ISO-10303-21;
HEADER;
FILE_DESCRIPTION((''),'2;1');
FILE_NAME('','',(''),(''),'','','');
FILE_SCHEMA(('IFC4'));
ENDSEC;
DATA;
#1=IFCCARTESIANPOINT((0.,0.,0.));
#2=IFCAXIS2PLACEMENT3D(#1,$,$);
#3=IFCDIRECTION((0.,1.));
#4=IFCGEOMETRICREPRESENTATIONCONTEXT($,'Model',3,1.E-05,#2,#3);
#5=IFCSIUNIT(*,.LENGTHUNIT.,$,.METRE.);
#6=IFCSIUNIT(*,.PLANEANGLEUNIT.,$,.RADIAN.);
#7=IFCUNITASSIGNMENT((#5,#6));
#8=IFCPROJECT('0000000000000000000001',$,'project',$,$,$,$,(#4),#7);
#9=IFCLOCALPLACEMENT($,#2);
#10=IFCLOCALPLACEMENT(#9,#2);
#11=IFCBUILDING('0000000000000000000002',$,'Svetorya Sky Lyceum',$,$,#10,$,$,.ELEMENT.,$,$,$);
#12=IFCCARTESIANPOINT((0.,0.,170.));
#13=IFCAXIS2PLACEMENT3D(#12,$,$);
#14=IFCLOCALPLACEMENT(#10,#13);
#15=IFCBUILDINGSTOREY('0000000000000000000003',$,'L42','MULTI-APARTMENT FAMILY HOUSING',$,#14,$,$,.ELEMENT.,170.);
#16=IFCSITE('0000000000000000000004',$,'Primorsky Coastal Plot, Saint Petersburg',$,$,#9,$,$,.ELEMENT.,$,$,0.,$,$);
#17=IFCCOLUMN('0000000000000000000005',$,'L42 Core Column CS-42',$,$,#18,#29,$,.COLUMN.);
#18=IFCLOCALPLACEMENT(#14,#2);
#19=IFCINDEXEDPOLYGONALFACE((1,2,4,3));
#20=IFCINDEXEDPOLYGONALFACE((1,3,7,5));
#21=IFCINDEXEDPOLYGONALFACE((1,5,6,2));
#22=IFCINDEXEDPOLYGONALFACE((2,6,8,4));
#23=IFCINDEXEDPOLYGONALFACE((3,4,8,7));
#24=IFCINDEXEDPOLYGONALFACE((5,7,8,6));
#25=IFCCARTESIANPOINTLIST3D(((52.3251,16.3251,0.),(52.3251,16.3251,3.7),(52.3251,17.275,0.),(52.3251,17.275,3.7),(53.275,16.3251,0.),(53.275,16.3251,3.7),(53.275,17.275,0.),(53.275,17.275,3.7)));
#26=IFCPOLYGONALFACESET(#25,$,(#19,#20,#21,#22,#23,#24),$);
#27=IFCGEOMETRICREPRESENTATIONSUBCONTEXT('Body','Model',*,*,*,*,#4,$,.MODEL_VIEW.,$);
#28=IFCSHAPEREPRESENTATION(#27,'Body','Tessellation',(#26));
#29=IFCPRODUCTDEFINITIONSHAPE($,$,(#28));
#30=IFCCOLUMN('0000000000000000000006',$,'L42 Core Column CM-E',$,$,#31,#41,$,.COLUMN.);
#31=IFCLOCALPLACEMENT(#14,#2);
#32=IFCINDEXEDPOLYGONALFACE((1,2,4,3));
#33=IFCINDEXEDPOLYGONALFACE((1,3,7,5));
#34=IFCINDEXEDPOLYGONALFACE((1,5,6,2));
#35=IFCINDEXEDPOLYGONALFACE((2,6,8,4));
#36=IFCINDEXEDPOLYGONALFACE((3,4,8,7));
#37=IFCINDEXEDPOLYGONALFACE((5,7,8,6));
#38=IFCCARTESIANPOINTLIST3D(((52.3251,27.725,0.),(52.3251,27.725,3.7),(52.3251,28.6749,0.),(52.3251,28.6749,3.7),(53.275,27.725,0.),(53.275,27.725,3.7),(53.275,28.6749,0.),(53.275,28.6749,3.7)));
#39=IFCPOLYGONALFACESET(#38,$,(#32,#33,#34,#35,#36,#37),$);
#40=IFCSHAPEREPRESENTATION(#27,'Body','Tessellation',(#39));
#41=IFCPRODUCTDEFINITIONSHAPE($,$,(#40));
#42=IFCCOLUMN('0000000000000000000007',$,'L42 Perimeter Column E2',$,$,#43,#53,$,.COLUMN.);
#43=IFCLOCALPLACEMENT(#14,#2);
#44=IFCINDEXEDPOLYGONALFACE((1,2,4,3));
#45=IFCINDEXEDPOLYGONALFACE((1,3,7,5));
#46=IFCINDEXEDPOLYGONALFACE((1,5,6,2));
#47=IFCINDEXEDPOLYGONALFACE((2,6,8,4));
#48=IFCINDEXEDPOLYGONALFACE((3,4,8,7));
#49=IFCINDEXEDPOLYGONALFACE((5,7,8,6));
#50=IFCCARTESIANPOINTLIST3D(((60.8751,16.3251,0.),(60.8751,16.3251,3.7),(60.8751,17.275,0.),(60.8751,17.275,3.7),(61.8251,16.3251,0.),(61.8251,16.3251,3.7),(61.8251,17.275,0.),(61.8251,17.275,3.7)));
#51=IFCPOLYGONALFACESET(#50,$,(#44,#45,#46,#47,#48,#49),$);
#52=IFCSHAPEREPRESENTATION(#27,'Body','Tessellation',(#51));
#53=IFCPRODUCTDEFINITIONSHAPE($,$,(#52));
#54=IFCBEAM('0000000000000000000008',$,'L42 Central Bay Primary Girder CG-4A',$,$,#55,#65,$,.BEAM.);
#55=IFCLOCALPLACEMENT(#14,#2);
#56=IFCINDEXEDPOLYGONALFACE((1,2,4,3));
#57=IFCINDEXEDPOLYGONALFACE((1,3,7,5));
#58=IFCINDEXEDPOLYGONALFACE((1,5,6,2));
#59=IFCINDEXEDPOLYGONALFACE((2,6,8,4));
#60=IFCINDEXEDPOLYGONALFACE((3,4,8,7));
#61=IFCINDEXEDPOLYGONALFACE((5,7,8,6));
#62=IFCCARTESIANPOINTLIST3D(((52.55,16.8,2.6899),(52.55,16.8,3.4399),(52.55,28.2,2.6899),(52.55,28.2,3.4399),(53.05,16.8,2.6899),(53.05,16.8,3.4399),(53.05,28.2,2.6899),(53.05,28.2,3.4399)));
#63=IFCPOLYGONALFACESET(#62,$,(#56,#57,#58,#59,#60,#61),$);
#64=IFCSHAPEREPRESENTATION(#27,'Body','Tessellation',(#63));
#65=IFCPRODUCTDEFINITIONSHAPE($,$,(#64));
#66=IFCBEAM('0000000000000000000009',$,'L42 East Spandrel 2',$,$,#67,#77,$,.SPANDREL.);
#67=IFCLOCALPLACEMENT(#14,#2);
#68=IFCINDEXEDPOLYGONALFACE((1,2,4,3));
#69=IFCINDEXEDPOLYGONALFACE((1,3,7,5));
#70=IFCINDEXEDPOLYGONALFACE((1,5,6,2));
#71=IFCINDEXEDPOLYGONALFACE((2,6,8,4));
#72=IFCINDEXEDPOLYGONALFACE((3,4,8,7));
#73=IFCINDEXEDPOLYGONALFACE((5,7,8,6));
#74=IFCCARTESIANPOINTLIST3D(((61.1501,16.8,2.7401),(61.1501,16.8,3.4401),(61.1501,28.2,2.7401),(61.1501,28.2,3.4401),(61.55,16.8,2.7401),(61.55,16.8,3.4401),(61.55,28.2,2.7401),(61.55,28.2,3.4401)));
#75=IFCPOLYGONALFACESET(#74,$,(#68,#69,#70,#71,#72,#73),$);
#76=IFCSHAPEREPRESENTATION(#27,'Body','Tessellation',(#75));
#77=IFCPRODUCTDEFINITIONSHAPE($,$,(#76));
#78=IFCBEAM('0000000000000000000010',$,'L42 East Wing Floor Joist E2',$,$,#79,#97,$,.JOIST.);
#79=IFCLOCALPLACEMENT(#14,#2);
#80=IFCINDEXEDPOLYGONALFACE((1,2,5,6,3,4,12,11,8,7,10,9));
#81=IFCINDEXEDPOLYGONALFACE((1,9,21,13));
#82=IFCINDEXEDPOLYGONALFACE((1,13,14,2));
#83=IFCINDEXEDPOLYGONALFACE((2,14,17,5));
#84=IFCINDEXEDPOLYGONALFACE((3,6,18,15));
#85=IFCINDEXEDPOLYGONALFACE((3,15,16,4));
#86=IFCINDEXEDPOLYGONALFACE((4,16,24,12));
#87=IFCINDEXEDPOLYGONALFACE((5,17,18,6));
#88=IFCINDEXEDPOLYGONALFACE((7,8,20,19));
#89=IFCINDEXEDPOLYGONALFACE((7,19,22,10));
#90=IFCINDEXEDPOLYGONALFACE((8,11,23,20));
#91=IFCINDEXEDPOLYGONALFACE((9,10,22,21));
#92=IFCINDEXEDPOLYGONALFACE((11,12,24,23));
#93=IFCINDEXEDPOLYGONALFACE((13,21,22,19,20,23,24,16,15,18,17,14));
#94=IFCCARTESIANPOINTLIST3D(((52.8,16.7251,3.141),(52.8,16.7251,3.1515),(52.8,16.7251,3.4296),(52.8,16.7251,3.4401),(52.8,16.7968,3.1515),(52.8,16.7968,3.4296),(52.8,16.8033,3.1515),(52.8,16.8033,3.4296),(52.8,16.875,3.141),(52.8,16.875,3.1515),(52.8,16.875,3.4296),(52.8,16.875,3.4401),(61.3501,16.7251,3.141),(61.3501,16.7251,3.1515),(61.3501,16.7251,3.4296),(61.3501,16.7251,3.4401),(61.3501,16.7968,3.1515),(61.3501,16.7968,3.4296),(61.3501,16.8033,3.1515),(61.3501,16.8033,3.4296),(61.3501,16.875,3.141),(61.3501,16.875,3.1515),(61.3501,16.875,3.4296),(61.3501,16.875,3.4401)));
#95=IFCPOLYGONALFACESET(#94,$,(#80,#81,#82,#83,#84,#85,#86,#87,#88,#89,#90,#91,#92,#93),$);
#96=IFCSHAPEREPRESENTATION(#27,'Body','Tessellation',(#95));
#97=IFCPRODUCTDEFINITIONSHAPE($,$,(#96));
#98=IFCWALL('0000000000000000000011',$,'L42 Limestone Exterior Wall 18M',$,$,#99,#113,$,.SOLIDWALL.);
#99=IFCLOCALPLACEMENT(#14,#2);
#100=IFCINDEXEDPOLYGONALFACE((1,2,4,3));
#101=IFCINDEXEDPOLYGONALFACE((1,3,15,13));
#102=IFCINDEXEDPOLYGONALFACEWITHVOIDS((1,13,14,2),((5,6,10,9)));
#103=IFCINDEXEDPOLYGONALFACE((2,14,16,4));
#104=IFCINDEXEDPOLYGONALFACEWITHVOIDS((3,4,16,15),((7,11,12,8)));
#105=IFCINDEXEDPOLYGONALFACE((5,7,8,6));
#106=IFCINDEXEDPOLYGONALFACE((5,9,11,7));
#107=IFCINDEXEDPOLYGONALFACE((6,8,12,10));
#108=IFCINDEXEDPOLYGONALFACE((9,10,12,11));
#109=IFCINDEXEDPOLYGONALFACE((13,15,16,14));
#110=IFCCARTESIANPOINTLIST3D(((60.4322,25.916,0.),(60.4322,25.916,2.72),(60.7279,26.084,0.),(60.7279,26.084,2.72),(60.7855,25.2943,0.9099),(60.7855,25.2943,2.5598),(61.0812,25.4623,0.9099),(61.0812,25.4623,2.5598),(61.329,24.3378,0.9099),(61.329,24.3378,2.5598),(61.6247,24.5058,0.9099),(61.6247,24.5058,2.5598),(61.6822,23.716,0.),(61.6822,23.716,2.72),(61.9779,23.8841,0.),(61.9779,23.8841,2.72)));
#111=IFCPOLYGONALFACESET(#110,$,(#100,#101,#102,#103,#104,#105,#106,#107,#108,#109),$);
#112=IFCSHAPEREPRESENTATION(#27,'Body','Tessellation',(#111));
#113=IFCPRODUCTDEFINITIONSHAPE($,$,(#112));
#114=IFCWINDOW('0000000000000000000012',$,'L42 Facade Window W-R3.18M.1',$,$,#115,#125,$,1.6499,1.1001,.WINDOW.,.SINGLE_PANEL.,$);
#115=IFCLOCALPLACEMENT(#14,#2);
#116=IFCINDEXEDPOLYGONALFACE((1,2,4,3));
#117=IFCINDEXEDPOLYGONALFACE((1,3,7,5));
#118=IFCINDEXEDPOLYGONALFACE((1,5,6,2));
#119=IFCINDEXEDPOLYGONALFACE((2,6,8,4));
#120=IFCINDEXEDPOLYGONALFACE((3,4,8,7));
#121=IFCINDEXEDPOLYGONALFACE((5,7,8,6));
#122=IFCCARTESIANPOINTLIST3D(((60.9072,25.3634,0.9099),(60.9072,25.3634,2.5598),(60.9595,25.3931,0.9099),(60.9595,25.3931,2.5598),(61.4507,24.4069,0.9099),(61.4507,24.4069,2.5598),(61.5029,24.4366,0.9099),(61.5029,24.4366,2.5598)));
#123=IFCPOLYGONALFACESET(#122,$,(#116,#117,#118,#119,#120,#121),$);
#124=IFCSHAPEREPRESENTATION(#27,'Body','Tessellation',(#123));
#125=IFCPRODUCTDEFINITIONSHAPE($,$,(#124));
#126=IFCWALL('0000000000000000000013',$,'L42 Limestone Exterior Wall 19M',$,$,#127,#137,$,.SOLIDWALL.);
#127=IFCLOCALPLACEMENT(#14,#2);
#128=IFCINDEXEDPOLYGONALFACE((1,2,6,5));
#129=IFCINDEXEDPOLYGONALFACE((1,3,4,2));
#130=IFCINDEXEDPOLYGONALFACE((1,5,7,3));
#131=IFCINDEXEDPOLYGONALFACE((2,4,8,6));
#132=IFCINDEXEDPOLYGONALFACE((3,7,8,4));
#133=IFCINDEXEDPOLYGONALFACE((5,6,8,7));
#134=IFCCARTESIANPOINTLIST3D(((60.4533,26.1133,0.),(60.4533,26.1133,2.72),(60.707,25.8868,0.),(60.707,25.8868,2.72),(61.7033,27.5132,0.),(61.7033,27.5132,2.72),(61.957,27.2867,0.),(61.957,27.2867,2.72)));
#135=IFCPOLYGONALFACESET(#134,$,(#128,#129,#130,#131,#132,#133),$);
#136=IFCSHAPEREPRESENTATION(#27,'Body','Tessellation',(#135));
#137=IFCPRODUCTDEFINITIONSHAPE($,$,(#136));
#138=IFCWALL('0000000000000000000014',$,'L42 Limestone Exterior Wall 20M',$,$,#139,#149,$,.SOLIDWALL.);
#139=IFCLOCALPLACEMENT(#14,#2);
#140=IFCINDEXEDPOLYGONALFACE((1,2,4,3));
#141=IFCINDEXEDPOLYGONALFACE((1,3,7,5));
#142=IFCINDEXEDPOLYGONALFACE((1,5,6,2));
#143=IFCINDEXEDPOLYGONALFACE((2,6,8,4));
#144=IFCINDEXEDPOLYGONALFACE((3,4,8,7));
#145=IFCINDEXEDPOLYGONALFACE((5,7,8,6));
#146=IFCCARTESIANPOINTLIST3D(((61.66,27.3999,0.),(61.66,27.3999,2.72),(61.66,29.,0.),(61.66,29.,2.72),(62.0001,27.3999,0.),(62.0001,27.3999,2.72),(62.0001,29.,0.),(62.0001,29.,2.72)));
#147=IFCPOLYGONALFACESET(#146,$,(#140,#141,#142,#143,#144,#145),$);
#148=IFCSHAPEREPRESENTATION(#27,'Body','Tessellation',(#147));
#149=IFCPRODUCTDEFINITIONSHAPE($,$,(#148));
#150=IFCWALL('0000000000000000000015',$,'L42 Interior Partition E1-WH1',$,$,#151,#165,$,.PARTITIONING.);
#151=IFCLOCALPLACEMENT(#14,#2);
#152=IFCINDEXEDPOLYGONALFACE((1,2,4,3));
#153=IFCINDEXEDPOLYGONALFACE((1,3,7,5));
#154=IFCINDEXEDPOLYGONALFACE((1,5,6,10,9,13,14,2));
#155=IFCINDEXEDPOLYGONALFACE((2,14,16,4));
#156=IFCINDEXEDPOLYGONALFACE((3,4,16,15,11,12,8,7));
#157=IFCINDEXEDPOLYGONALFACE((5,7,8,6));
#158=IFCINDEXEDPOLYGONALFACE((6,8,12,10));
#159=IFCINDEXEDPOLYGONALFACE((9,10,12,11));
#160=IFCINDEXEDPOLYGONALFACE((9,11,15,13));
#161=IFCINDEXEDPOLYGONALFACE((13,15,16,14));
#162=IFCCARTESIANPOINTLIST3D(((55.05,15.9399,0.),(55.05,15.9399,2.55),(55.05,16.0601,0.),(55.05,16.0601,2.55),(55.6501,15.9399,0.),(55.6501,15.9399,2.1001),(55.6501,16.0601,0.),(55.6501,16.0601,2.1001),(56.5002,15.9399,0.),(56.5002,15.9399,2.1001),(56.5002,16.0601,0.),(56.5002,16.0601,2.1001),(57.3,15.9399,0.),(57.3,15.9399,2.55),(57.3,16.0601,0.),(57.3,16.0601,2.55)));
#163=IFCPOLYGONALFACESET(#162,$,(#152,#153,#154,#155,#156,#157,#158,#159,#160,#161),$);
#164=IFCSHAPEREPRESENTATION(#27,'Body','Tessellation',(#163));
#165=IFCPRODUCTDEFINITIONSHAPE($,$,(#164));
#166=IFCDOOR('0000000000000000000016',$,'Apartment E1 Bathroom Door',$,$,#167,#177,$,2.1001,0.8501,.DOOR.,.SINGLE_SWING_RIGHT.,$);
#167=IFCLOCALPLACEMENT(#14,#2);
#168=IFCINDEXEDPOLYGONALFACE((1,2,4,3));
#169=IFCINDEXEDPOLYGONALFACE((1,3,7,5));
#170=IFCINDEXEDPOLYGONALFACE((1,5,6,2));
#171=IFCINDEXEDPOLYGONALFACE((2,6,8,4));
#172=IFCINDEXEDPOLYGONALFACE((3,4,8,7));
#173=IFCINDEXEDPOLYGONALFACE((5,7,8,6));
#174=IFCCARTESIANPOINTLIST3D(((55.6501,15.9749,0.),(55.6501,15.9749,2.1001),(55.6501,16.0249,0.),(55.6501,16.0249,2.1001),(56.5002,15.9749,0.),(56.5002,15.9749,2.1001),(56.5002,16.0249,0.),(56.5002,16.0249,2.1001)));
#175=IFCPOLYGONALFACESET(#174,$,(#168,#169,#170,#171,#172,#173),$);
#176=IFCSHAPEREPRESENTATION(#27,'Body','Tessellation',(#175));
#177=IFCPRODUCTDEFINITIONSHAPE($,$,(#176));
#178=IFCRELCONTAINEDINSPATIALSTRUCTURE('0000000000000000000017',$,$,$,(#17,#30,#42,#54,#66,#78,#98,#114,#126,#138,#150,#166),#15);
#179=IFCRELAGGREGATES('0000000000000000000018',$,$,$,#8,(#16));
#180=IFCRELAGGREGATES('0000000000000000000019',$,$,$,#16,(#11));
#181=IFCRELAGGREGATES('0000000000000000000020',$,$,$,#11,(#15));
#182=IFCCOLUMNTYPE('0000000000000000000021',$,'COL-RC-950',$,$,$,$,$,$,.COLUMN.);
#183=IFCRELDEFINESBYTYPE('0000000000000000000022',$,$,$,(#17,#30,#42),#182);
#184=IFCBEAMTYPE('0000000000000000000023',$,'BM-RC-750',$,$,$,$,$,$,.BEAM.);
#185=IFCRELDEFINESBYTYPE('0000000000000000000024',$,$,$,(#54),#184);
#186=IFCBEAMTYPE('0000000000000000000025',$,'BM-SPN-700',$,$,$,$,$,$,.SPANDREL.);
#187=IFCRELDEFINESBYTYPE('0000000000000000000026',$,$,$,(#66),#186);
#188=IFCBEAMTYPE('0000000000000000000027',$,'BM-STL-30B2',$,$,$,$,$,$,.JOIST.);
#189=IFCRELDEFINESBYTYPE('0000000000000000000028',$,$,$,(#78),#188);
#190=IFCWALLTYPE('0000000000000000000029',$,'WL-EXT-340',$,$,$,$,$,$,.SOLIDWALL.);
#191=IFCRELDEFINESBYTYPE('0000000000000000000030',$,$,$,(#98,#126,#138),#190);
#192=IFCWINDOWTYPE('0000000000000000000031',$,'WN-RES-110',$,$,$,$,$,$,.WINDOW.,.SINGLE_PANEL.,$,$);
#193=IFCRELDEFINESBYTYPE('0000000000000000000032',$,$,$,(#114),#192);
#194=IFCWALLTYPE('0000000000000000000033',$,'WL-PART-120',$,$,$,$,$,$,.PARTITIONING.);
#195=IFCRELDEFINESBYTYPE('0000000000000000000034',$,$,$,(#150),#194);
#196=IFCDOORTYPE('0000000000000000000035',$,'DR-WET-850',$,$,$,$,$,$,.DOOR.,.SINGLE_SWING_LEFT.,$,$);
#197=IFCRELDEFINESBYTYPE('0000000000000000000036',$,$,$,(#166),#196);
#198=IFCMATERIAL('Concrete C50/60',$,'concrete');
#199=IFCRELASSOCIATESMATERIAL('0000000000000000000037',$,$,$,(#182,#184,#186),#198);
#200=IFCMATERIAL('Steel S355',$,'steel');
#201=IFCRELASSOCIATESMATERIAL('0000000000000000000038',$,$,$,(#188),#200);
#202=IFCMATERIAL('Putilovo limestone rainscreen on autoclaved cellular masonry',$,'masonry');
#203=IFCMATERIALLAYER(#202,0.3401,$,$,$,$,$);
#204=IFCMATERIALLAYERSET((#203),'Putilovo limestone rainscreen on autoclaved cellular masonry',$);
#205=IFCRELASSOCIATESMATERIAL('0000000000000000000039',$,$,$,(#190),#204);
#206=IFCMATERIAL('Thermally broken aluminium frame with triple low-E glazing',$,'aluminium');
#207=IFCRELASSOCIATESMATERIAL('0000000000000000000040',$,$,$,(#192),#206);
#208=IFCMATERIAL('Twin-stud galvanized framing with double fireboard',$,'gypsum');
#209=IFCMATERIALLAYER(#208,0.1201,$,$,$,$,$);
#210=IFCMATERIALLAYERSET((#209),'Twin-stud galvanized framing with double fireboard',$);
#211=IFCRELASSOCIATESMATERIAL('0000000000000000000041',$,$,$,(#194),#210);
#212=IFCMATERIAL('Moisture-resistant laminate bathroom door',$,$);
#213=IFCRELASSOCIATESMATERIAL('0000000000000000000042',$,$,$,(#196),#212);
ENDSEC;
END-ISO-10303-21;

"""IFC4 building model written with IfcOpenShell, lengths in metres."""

from ifc_helpers import new_model, si_unit, direction, frame, frame_2d, origin, origin_2d, place, context, subcontext, project, spatial, rectangle, i_section, extrude, material, layer, layer_set, material_profile, profile_set, type_object, element, fill, save


model = new_model("IFC4")

# Units and contexts
model_context = context("Model", 3, precision=1e-05, world=origin(), true_north=direction((0.0, 1.0)))
body_context = subcontext(model_context, "Body", "Model", "MODEL_VIEW")
ifc_project = project(units=[si_unit("LENGTHUNIT", "METRE"), si_unit("PLANEANGLEUNIT", "RADIAN")], contexts=[model_context])

# Site, building, storey
site_placement = place(None, origin())
site = spatial("IfcSite", under=ifc_project, at=site_placement, Name="Primorsky Coastal Plot, Saint Petersburg", CompositionType="ELEMENT", RefElevation=0.0)
building_placement = place(site_placement, origin())
building = spatial("IfcBuilding", under=site, at=building_placement, Name="Svetorya Sky Lyceum", CompositionType="ELEMENT")
storey_placement = place(building_placement, frame((0.0, 0.0, 170.0)))
storey = spatial("IfcBuildingStorey", under=building, at=storey_placement, Name="L42", Description="MULTI-APARTMENT FAMILY HOUSING", CompositionType="ELEMENT", Elevation=170.0)

# Columns
ifc_material_1 = material(Name="Concrete C50/60", Category="concrete")
ifc_material_profile_1 = material_profile(ifc_material_1, rectangle(XDim=0.95, YDim=0.95, at=origin_2d()), Name="RC COL 950x950")
ifc_profile_set_1 = profile_set([ifc_material_profile_1], Name="Concrete C50/60")
column_type = type_object("IfcColumnType", Name="COL-RC-950", PredefinedType="COLUMN", material=ifc_profile_set_1)
for number, where, z_axis, x_axis, name in (
    (1, (52.8, 16.8, 0.0), (0.0, 0.0, 1.0), (1.0, 0.0, 0.0), "L42 Core Column CS-42"),
    (2, (52.8, 28.2, 0.0), (0.0, 0.0, 1.0), (1.0, 0.0, 0.0), "L42 Core Column CM-E"),
    (3, (61.3501, 16.8, 0.0), (0.0, 0.0, 1.0), (1.0, 0.0, 0.0), "L42 Perimeter Column E2"),
):
    element("IfcColumn", number, at=place(storey_placement, frame(where, z_axis=z_axis, x_axis=x_axis)), inside=storey, type_object=column_type, Name=name, PredefinedType="COLUMN", context=body_context, shape_type="SweptSolid", body=[
        extrude(rectangle(XDim=0.95, YDim=0.95, at=origin_2d()), origin(), (0.0, 0.0, 1.0), 3.7),
    ])

# Beams
ifc_material_profile_2 = material_profile(ifc_material_1, rectangle(XDim=0.5, YDim=0.75, at=origin_2d()), Name="RC BEAM 500x750")
ifc_profile_set_2 = profile_set([ifc_material_profile_2], Name="Concrete C50/60")
beam_type_1 = type_object("IfcBeamType", Name="BM-RC-750", PredefinedType="BEAM", material=ifc_profile_set_2)
beam_1_placement = place(storey_placement, frame((52.8, 16.8, 3.0649), z_axis=(0.0, 1.0, 0.0), x_axis=(-1.0, 0.0, 0.0)))
element("IfcBeam", 4, at=beam_1_placement, inside=storey, type_object=beam_type_1, Name="L42 Central Bay Primary Girder CG-4A", PredefinedType="BEAM", context=body_context, shape_type="SweptSolid", body=[
    extrude(rectangle(XDim=0.5, YDim=0.75, at=origin_2d()), origin(), (0.0, 0.0, 1.0), 11.3999),
])
ifc_material_profile_3 = material_profile(ifc_material_1, rectangle(XDim=0.3999, YDim=0.7, at=origin_2d()), Name="RC SPANDREL 400x700")
ifc_profile_set_3 = profile_set([ifc_material_profile_3], Name="Concrete C50/60")
beam_type_2 = type_object("IfcBeamType", Name="BM-SPN-700", PredefinedType="SPANDREL", material=ifc_profile_set_3)
beam_2_placement = place(storey_placement, frame((61.3501, 16.8, 3.0901), z_axis=(0.0, 1.0, 0.0), x_axis=(-1.0, 0.0, 0.0)))
element("IfcBeam", 5, at=beam_2_placement, inside=storey, type_object=beam_type_2, Name="L42 East Spandrel 2", PredefinedType="SPANDREL", context=body_context, shape_type="SweptSolid", body=[
    extrude(rectangle(XDim=0.3999, YDim=0.7, at=origin_2d()), origin(), (0.0, 0.0, 1.0), 11.3999),
])
ifc_material_2 = material(Name="Steel S355", Category="steel")
ifc_material_profile_4 = material_profile(ifc_material_2, i_section(OverallWidth=0.1499, OverallDepth=0.2991, WebThickness=0.0066, FlangeThickness=0.0105, at=origin_2d()), Name="GOST 30B2")
ifc_profile_set_4 = profile_set([ifc_material_profile_4], Name="Steel S355")
beam_type_3 = type_object("IfcBeamType", Name="BM-STL-30B2", PredefinedType="JOIST", material=ifc_profile_set_4)
beam_3_placement = place(storey_placement, frame((52.8, 16.8, 3.2905), z_axis=(1.0, 0.0, 0.0), x_axis=(0.0, 1.0, 0.0)))
element("IfcBeam", 6, at=beam_3_placement, inside=storey, type_object=beam_type_3, Name="L42 East Wing Floor Joist E2", PredefinedType="JOIST", context=body_context, shape_type="SweptSolid", body=[
    extrude(i_section(OverallWidth=0.1499, OverallDepth=0.2991, WebThickness=0.0066, FlangeThickness=0.0105, at=origin_2d()), origin(), (0.0, 0.0, 1.0), 8.55),
])

# Wall, opening, window
ifc_material_3 = material(Name="Putilovo limestone rainscreen on autoclaved cellular masonry", Category="masonry")
ifc_layer_1 = layer(ifc_material_3, 0.3401)
ifc_layer_set_1 = layer_set([ifc_layer_1], Name="Putilovo limestone rainscreen on autoclaved cellular masonry")
wall_type_1 = type_object("IfcWallType", Name="WL-EXT-340", PredefinedType="SOLIDWALL", material=ifc_layer_set_1)
wall_1_placement = place(storey_placement, frame((61.8301, 23.8, 0.0), z_axis=(0.0, 0.0, 1.0), x_axis=(-0.494018, 0.869452, 0.0)))
wall_1 = element("IfcWall", 7, at=wall_1_placement, inside=storey, type_object=wall_type_1, Name="L42 Limestone Exterior Wall 18M", PredefinedType="SOLIDWALL", context=body_context, shape_type="SweptSolid", body=[
    extrude(rectangle(XDim=2.5303, YDim=0.3401, at=frame_2d((1.2651, 0.0))), origin(), (0.0, 0.0, 1.0), 2.72),
])
opening_1_placement = place(wall_1_placement, frame((0.7151, 0.0, 0.9099)))
opening_1 = element("IfcOpeningElement", 8, at=opening_1_placement, cuts=wall_1, PredefinedType="OPENING", context=body_context, shape_type="SweptSolid", body=[
    extrude(rectangle(XDim=1.1001, YDim=1.6499, at=frame_2d((0.55, 0.825))), frame((0.0, 0.1799, 0.0), z_axis=(0.0, -1.0, 0.0), x_axis=(1.0, 0.0, 0.0)), (0.0, 0.0, 1.0), 0.3601),
])
ifc_material_4 = material(Name="Thermally broken aluminium frame with triple low-E glazing", Category="aluminium")
window_type = type_object("IfcWindowType", Name="WN-RES-110", PartitioningType="SINGLE_PANEL", PredefinedType="WINDOW", material=ifc_material_4)
window_placement = place(opening_1_placement, origin())
window = element("IfcWindow", 9, at=window_placement, inside=storey, type_object=window_type, Name="L42 Facade Window W-R3.18M.1", OverallHeight=1.6499, OverallWidth=1.1001, PartitioningType="SINGLE_PANEL", PredefinedType="WINDOW", context=body_context, shape_type="SweptSolid", body=[
    extrude(rectangle(XDim=1.1001, YDim=1.6499, at=frame_2d((0.55, 0.825))), frame((0.0, 0.03, 0.0), z_axis=(0.0, -1.0, 0.0), x_axis=(1.0, 0.0, 0.0)), (0.0, 0.0, 1.0), 0.0601),
])
fill(opening_1, window)

# Walls
wall_2_placement = place(storey_placement, frame((60.5801, 26.0, 0.0), z_axis=(0.0, 0.0, 1.0), x_axis=(0.666042, 0.745915, 0.0)))
element("IfcWall", 10, at=wall_2_placement, inside=storey, type_object=wall_type_1, Name="L42 Limestone Exterior Wall 19M", PredefinedType="SOLIDWALL", context=body_context, shape_type="SweptSolid", body=[
    extrude(rectangle(XDim=1.8767, YDim=0.3401, at=frame_2d((0.9385, 0.0))), origin(), (0.0, 0.0, 1.0), 2.72),
])
wall_3_placement = place(storey_placement, frame((61.8301, 27.3999, 0.0), z_axis=(0.0, 0.0, 1.0), x_axis=(0.0, 1.0, 0.0)))
element("IfcWall", 11, at=wall_3_placement, inside=storey, type_object=wall_type_1, Name="L42 Limestone Exterior Wall 20M", PredefinedType="SOLIDWALL", context=body_context, shape_type="SweptSolid", body=[
    extrude(rectangle(XDim=1.6001, YDim=0.3401, at=frame_2d((0.8, 0.0))), origin(), (0.0, 0.0, 1.0), 2.72),
])

# Wall, opening, door
ifc_material_5 = material(Name="Twin-stud galvanized framing with double fireboard", Category="gypsum")
ifc_layer_2 = layer(ifc_material_5, 0.1201)
ifc_layer_set_2 = layer_set([ifc_layer_2], Name="Twin-stud galvanized framing with double fireboard")
wall_type_2 = type_object("IfcWallType", Name="WL-PART-120", PredefinedType="PARTITIONING", material=ifc_layer_set_2)
wall_4_placement = place(storey_placement, frame((55.05, 16.0, 0.0), z_axis=(0.0, 0.0, 1.0), x_axis=(1.0, 0.0, 0.0)))
wall_4 = element("IfcWall", 12, at=wall_4_placement, inside=storey, type_object=wall_type_2, Name="L42 Interior Partition E1-WH1", PredefinedType="PARTITIONING", context=body_context, shape_type="SweptSolid", body=[
    extrude(rectangle(XDim=2.25, YDim=0.1201, at=frame_2d((1.125, 0.0))), origin(), (0.0, 0.0, 1.0), 2.55),
])
opening_2_placement = place(wall_4_placement, frame((0.6001, 0.0, 0.0)))
opening_2 = element("IfcOpeningElement", 13, at=opening_2_placement, cuts=wall_4, PredefinedType="OPENING", context=body_context, shape_type="SweptSolid", body=[
    extrude(rectangle(XDim=0.8501, YDim=2.1001, at=frame_2d((0.425, 1.05))), frame((0.0, 0.0701, 0.0), z_axis=(0.0, -1.0, 0.0), x_axis=(1.0, 0.0, 0.0)), (0.0, 0.0, 1.0), 0.1401),
])
ifc_material_6 = material(Name="Moisture-resistant laminate bathroom door")
door_type_1 = type_object("IfcDoorType", Name="DR-WET-850", OperationType="SINGLE_SWING_LEFT", PredefinedType="DOOR", material=ifc_material_6)
door_1_placement = place(opening_2_placement, origin())
door_1 = element("IfcDoor", 14, at=door_1_placement, inside=storey, type_object=door_type_1, Name="Apartment E1 Bathroom Door", OperationType="SINGLE_SWING_RIGHT", OverallHeight=2.1001, OverallWidth=0.8501, PredefinedType="DOOR", context=body_context, shape_type="SweptSolid", body=[
    extrude(rectangle(XDim=0.8501, YDim=2.1001, at=frame_2d((0.425, 1.05))), frame((0.0, 0.0249, 0.0), z_axis=(0.0, -1.0, 0.0), x_axis=(1.0, 0.0, 0.0)), (0.0, 0.0, 1.0), 0.05),
])
fill(opening_2, door_1)

save(model, "model.ifc")
